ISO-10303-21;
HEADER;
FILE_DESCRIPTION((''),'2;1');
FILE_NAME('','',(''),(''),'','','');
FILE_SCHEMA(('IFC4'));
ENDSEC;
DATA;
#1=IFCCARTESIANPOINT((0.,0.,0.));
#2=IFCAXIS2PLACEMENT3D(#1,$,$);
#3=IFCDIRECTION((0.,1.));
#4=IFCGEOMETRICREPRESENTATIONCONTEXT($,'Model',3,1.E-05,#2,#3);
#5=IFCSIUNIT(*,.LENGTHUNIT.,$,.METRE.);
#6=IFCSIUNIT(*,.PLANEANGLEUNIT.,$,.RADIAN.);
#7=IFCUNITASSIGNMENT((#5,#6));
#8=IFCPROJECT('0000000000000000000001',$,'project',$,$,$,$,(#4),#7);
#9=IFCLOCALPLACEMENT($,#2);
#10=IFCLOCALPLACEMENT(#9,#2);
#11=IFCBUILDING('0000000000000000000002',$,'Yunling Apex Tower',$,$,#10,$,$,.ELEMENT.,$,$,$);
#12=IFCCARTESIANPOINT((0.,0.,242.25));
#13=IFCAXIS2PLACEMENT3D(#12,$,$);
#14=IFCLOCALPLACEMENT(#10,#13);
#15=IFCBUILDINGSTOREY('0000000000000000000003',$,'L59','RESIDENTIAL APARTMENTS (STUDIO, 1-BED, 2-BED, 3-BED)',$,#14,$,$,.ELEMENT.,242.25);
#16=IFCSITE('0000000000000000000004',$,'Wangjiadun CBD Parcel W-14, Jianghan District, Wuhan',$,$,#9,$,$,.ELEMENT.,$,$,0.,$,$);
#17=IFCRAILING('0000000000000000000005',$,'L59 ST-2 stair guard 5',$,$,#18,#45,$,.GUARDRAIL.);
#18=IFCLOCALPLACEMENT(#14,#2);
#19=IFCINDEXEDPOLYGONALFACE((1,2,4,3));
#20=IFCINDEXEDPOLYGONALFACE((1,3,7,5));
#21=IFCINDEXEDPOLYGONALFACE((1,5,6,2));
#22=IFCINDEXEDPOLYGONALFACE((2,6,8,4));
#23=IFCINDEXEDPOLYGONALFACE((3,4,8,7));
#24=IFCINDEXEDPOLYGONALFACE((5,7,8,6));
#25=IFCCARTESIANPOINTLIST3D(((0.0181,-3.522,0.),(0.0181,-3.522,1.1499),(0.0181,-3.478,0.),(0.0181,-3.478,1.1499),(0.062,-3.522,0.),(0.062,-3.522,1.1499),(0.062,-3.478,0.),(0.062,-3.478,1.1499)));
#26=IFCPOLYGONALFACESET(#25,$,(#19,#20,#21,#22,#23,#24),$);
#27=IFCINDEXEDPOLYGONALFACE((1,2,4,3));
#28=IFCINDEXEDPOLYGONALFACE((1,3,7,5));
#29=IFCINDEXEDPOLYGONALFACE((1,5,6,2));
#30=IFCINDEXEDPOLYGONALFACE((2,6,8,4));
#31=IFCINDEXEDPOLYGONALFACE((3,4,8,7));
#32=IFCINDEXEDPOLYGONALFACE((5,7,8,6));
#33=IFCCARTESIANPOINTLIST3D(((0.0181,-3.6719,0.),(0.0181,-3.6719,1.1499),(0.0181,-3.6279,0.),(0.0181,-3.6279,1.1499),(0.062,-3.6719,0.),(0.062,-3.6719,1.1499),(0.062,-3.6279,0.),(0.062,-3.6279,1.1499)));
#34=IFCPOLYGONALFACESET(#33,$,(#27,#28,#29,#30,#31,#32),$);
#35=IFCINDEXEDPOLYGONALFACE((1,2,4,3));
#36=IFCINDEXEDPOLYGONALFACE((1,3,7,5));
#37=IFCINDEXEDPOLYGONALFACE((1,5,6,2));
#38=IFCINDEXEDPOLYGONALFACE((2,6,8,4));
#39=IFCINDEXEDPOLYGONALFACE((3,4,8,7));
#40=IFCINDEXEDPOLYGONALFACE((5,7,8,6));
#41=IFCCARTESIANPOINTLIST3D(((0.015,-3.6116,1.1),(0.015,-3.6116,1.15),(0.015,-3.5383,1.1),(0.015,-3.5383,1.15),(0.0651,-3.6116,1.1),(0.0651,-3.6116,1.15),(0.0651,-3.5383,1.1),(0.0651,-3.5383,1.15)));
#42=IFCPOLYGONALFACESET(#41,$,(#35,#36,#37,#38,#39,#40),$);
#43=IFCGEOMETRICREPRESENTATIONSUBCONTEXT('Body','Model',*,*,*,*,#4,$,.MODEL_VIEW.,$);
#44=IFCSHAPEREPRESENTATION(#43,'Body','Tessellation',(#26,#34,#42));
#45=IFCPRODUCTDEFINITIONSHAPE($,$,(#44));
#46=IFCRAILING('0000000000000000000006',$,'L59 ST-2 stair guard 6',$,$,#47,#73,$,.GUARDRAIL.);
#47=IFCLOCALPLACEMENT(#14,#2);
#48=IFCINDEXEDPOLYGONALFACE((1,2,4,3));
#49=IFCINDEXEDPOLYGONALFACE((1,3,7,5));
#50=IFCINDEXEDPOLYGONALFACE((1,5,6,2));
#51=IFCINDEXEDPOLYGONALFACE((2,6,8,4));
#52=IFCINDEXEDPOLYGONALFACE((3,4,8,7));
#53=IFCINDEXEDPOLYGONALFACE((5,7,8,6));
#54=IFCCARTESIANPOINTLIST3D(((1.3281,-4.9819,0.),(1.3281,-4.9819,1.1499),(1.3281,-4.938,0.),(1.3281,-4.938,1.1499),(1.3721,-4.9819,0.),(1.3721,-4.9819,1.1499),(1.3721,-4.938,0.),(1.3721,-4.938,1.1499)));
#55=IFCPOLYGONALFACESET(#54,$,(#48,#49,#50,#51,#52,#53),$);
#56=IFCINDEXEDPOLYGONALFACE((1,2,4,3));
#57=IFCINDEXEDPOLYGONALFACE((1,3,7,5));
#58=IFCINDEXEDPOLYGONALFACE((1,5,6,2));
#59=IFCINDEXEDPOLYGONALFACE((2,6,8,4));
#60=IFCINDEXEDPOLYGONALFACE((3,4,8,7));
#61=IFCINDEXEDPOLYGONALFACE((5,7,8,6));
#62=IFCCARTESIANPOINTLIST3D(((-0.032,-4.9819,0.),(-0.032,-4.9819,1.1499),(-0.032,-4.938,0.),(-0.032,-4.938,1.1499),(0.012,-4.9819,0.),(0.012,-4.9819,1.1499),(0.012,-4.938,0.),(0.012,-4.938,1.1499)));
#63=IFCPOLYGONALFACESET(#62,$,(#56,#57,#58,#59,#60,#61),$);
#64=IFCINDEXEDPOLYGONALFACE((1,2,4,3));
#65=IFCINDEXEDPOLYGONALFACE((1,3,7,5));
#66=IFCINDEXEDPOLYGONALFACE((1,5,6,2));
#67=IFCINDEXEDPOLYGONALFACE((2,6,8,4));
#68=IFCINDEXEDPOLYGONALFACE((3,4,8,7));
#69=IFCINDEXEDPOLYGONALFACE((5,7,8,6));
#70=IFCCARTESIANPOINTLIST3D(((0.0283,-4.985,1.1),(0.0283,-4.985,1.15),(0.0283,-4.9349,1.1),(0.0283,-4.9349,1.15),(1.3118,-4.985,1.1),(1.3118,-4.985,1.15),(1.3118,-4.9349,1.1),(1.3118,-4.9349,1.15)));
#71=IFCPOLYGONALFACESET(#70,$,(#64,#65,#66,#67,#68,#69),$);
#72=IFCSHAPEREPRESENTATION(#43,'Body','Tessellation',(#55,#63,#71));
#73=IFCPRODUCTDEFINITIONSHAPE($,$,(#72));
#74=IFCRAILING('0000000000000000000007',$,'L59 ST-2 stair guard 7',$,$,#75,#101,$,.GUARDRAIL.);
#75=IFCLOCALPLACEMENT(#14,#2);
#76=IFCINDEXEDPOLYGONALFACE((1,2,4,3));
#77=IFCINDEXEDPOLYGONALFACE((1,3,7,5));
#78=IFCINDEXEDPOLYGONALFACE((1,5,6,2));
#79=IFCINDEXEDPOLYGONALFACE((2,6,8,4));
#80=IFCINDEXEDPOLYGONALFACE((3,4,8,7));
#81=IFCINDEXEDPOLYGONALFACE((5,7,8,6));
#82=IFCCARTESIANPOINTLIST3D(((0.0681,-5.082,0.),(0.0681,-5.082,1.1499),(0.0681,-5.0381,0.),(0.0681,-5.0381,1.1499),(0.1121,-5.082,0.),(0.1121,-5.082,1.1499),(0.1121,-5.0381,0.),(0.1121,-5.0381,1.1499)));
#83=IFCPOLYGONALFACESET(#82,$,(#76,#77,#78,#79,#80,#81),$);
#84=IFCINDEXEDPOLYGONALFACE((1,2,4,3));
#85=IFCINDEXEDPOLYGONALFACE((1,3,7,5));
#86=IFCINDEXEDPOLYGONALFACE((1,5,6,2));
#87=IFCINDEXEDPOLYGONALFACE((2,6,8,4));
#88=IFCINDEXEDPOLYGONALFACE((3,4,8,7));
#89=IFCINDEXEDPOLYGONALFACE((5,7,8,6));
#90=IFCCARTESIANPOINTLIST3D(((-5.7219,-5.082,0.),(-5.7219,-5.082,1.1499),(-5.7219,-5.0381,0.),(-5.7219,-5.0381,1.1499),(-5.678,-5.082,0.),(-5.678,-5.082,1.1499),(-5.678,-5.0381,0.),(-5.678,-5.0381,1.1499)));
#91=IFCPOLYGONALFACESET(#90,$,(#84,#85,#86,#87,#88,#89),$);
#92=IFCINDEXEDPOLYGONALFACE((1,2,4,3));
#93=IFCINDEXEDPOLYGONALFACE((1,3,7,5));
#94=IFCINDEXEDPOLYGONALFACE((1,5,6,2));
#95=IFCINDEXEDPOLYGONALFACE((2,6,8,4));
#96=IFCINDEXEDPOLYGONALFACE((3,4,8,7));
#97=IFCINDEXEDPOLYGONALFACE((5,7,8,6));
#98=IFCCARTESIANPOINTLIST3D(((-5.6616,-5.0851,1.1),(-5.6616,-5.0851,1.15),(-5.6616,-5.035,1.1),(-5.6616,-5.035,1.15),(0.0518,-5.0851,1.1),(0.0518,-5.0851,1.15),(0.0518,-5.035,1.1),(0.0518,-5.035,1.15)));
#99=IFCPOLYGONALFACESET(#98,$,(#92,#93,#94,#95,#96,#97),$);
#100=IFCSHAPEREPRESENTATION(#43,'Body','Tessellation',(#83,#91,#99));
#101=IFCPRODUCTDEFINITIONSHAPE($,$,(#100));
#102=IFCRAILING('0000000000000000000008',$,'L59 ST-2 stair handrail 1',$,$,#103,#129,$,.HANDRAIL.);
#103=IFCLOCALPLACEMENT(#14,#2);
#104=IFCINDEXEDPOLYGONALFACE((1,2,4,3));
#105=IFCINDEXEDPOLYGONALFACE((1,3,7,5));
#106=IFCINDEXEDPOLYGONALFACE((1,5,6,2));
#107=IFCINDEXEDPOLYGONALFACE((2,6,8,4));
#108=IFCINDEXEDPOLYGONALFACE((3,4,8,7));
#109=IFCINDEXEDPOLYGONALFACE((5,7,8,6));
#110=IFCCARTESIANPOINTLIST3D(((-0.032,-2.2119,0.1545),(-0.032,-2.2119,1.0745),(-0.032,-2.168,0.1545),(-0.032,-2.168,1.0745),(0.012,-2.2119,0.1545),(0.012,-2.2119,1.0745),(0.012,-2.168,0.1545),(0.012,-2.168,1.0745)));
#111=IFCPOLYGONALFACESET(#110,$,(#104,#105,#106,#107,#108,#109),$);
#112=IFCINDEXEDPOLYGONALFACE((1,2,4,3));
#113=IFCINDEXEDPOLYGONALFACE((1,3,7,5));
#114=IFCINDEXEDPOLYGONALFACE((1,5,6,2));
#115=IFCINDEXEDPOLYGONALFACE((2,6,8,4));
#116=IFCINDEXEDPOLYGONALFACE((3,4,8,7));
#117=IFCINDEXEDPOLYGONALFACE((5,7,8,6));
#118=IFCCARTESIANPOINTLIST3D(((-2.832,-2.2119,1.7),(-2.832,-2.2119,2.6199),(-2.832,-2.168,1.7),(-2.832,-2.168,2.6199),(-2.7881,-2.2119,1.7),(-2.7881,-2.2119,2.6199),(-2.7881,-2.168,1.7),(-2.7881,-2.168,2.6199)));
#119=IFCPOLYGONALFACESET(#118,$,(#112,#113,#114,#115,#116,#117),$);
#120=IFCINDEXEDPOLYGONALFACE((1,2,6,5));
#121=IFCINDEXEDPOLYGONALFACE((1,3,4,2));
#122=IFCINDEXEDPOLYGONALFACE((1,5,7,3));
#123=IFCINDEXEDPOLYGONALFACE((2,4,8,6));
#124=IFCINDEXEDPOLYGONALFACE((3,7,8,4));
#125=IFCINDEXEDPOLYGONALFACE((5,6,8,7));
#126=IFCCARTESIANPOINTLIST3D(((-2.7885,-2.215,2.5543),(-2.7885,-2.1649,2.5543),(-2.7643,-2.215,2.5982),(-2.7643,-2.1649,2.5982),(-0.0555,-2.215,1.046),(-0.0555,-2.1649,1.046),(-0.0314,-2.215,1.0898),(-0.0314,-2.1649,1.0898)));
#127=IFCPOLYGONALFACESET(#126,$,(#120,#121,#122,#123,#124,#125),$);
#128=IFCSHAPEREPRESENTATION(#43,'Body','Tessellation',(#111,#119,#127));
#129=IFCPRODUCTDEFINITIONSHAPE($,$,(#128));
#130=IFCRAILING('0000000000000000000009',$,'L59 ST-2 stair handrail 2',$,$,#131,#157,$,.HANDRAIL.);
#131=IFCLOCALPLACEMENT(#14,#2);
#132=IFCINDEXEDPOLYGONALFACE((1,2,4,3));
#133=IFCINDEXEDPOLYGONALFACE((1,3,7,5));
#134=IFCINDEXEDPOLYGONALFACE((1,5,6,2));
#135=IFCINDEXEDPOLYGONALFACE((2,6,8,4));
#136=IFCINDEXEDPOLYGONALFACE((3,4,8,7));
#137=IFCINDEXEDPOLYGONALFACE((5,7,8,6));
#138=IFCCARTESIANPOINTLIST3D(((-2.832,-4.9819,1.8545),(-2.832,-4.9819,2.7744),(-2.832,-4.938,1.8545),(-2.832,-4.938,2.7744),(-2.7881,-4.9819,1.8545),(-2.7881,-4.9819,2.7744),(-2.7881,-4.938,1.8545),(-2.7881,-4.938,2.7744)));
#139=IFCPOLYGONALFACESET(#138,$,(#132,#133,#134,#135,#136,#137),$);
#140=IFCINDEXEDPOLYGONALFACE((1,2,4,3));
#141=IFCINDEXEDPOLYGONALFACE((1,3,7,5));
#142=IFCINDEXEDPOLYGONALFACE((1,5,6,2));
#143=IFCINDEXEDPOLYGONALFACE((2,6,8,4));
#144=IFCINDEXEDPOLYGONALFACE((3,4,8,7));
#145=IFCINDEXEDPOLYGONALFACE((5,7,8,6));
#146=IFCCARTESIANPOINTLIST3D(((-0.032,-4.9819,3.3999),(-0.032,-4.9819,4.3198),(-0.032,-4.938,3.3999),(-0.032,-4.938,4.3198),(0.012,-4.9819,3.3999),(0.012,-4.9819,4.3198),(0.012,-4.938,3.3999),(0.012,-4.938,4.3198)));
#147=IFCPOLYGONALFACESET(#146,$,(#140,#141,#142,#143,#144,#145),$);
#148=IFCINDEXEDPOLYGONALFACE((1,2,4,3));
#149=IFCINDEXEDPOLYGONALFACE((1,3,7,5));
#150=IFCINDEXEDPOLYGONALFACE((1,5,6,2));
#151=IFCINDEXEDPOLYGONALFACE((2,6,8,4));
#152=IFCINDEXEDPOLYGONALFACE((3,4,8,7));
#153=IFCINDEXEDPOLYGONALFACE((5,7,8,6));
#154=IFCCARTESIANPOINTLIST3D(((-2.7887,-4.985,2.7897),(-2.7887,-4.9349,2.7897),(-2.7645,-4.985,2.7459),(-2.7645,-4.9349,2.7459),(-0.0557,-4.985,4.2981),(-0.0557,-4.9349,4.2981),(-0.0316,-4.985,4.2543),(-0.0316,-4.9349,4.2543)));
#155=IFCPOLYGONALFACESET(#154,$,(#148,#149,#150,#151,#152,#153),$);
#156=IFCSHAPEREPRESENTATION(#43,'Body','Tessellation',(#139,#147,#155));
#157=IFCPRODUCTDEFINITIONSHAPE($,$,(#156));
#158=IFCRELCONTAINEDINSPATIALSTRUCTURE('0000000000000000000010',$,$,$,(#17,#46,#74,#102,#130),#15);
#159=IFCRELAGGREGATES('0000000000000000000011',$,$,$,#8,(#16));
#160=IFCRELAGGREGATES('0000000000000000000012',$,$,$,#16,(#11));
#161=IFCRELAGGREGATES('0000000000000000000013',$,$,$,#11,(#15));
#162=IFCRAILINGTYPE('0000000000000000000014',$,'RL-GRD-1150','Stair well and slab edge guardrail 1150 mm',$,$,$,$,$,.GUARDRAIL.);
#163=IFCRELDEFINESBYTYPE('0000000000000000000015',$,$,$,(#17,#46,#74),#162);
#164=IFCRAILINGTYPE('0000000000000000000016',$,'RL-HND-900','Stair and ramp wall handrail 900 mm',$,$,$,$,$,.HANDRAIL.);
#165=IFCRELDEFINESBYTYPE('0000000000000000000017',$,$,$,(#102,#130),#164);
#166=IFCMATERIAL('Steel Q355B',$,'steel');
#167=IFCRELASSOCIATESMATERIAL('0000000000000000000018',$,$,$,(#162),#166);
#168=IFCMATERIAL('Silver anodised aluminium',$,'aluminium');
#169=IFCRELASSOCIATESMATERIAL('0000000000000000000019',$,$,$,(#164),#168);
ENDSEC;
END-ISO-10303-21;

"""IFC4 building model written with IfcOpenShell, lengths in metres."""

from ifc_helpers import new_model, si_unit, direction, frame, origin, origin_2d, place, context, subcontext, project, spatial, rectangle, extrude, material, type_object, element, save


model = new_model("IFC4")

# Units and contexts
model_context = context("Model", 3, precision=1e-05, world=origin(), true_north=direction((0.0, 1.0)))
body_context = subcontext(model_context, "Body", "Model", "MODEL_VIEW")
ifc_project = project(units=[si_unit("LENGTHUNIT", "METRE"), si_unit("PLANEANGLEUNIT", "RADIAN")], contexts=[model_context])

# Site, building, storey
site_placement = place(None, origin())
site = spatial("IfcSite", under=ifc_project, at=site_placement, Name="Wangjiadun CBD Parcel W-14, Jianghan District, Wuhan", CompositionType="ELEMENT", RefElevation=0.0)
building_placement = place(site_placement, origin())
building = spatial("IfcBuilding", under=site, at=building_placement, Name="Yunling Apex Tower", CompositionType="ELEMENT")
storey_placement = place(building_placement, frame((0.0, 0.0, 242.25)))
storey = spatial("IfcBuildingStorey", under=building, at=storey_placement, Name="L59", Description="RESIDENTIAL APARTMENTS (STUDIO, 1-BED, 2-BED, 3-BED)", CompositionType="ELEMENT", Elevation=242.25)

# Shared definitions
ifc_material_1 = material(Name="Steel Q355B", Category="steel")

# Railings
railing_type_1 = type_object("IfcRailingType", Name="RL-GRD-1150", Description="Stair well and slab edge guardrail 1150 mm", PredefinedType="GUARDRAIL", material=ifc_material_1)
railing_1_placement = place(storey_placement, frame((0.04, -3.5, 0.0)))
element("IfcRailing", 1, at=railing_1_placement, inside=storey, type_object=railing_type_1, Name="L59 ST-2 stair guard 5", PredefinedType="GUARDRAIL", context=body_context, shape_type="SweptSolid", body=[
    extrude(rectangle(XDim=0.0439, YDim=0.0439, at=origin_2d()), origin(), (0.0, 0.0, 1.0), 1.1499),
    extrude(rectangle(XDim=0.0439, YDim=0.0439, at=origin_2d()), frame((0.0, -0.1499, 0.0)), (0.0, 0.0, 1.0), 1.1499),
    extrude(rectangle(XDim=0.05, YDim=0.05, at=origin_2d()), frame((0.0, -0.0383, 1.125), z_axis=(0.0, -1.0, 0.0), x_axis=(1.0, 0.0, 0.0)), (0.0, 0.0, 1.0), 0.0732),
])
railing_2_placement = place(storey_placement, frame((1.3501, -4.96, 0.0)))
element("IfcRailing", 2, at=railing_2_placement, inside=storey, type_object=railing_type_1, Name="L59 ST-2 stair guard 6", PredefinedType="GUARDRAIL", context=body_context, shape_type="SweptSolid", body=[
    extrude(rectangle(XDim=0.0439, YDim=0.0439, at=origin_2d()), origin(), (0.0, 0.0, 1.0), 1.1499),
    extrude(rectangle(XDim=0.0439, YDim=0.0439, at=origin_2d()), frame((-1.3601, 0.0, 0.0)), (0.0, 0.0, 1.0), 1.1499),
    extrude(rectangle(XDim=0.05, YDim=0.05, at=origin_2d()), frame((-0.0383, 0.0, 1.125), z_axis=(-1.0, 0.0, 0.0), x_axis=(0.0, -1.0, 0.0)), (0.0, 0.0, 1.0), 1.2834),
])
railing_3_placement = place(storey_placement, frame((0.0901, -5.0601, 0.0)))
element("IfcRailing", 3, at=railing_3_placement, inside=storey, type_object=railing_type_1, Name="L59 ST-2 stair guard 7", PredefinedType="GUARDRAIL", context=body_context, shape_type="SweptSolid", body=[
    extrude(rectangle(XDim=0.0439, YDim=0.0439, at=origin_2d()), origin(), (0.0, 0.0, 1.0), 1.1499),
    extrude(rectangle(XDim=0.0439, YDim=0.0439, at=origin_2d()), frame((-5.79, 0.0, 0.0)), (0.0, 0.0, 1.0), 1.1499),
    extrude(rectangle(XDim=0.05, YDim=0.05, at=origin_2d()), frame((-0.0383, 0.0, 1.125), z_axis=(-1.0, 0.0, 0.0), x_axis=(0.0, -1.0, 0.0)), (0.0, 0.0, 1.0), 5.7134),
])
ifc_material_2 = material(Name="Silver anodised aluminium", Category="aluminium")
railing_type_2 = type_object("IfcRailingType", Name="RL-HND-900", Description="Stair and ramp wall handrail 900 mm", PredefinedType="HANDRAIL", material=ifc_material_2)
railing_4_placement = place(storey_placement, frame((-0.01, -2.1899, 0.1545)))
element("IfcRailing", 4, at=railing_4_placement, inside=storey, type_object=railing_type_2, Name="L59 ST-2 stair handrail 1", PredefinedType="HANDRAIL", context=body_context, shape_type="SweptSolid", body=[
    extrude(rectangle(XDim=0.0439, YDim=0.0439, at=origin_2d()), origin(), (0.0, 0.0, 1.0), 0.9199),
    extrude(rectangle(XDim=0.0439, YDim=0.0439, at=origin_2d()), frame((-2.8, 0.0, 1.5454)), (0.0, 0.0, 1.0), 0.9199),
    extrude(rectangle(XDim=0.05, YDim=0.05, at=origin_2d()), frame((-0.0334, 0.0, 0.9133), z_axis=(-0.875504, 0.0, 0.483211), x_axis=(0.0, -1.0, 0.0)), (0.0, 0.0, 1.0), 3.1216),
])
railing_5_placement = place(storey_placement, frame((-2.8101, -4.96, 1.8545)))
element("IfcRailing", 5, at=railing_5_placement, inside=storey, type_object=railing_type_2, Name="L59 ST-2 stair handrail 2", PredefinedType="HANDRAIL", context=body_context, shape_type="SweptSolid", body=[
    extrude(rectangle(XDim=0.0439, YDim=0.0439, at=origin_2d()), origin(), (0.0, 0.0, 1.0), 0.9199),
    extrude(rectangle(XDim=0.0439, YDim=0.0439, at=origin_2d()), frame((2.8, 0.0, 1.5454)), (0.0, 0.0, 1.0), 0.9199),
    extrude(rectangle(XDim=0.05, YDim=0.05, at=origin_2d()), frame((0.0334, 0.0, 0.9133), z_axis=(0.875504, 0.0, 0.483211), x_axis=(0.0, 1.0, 0.0)), (0.0, 0.0, 1.0), 3.1216),
])

save(model, "model.ifc")
